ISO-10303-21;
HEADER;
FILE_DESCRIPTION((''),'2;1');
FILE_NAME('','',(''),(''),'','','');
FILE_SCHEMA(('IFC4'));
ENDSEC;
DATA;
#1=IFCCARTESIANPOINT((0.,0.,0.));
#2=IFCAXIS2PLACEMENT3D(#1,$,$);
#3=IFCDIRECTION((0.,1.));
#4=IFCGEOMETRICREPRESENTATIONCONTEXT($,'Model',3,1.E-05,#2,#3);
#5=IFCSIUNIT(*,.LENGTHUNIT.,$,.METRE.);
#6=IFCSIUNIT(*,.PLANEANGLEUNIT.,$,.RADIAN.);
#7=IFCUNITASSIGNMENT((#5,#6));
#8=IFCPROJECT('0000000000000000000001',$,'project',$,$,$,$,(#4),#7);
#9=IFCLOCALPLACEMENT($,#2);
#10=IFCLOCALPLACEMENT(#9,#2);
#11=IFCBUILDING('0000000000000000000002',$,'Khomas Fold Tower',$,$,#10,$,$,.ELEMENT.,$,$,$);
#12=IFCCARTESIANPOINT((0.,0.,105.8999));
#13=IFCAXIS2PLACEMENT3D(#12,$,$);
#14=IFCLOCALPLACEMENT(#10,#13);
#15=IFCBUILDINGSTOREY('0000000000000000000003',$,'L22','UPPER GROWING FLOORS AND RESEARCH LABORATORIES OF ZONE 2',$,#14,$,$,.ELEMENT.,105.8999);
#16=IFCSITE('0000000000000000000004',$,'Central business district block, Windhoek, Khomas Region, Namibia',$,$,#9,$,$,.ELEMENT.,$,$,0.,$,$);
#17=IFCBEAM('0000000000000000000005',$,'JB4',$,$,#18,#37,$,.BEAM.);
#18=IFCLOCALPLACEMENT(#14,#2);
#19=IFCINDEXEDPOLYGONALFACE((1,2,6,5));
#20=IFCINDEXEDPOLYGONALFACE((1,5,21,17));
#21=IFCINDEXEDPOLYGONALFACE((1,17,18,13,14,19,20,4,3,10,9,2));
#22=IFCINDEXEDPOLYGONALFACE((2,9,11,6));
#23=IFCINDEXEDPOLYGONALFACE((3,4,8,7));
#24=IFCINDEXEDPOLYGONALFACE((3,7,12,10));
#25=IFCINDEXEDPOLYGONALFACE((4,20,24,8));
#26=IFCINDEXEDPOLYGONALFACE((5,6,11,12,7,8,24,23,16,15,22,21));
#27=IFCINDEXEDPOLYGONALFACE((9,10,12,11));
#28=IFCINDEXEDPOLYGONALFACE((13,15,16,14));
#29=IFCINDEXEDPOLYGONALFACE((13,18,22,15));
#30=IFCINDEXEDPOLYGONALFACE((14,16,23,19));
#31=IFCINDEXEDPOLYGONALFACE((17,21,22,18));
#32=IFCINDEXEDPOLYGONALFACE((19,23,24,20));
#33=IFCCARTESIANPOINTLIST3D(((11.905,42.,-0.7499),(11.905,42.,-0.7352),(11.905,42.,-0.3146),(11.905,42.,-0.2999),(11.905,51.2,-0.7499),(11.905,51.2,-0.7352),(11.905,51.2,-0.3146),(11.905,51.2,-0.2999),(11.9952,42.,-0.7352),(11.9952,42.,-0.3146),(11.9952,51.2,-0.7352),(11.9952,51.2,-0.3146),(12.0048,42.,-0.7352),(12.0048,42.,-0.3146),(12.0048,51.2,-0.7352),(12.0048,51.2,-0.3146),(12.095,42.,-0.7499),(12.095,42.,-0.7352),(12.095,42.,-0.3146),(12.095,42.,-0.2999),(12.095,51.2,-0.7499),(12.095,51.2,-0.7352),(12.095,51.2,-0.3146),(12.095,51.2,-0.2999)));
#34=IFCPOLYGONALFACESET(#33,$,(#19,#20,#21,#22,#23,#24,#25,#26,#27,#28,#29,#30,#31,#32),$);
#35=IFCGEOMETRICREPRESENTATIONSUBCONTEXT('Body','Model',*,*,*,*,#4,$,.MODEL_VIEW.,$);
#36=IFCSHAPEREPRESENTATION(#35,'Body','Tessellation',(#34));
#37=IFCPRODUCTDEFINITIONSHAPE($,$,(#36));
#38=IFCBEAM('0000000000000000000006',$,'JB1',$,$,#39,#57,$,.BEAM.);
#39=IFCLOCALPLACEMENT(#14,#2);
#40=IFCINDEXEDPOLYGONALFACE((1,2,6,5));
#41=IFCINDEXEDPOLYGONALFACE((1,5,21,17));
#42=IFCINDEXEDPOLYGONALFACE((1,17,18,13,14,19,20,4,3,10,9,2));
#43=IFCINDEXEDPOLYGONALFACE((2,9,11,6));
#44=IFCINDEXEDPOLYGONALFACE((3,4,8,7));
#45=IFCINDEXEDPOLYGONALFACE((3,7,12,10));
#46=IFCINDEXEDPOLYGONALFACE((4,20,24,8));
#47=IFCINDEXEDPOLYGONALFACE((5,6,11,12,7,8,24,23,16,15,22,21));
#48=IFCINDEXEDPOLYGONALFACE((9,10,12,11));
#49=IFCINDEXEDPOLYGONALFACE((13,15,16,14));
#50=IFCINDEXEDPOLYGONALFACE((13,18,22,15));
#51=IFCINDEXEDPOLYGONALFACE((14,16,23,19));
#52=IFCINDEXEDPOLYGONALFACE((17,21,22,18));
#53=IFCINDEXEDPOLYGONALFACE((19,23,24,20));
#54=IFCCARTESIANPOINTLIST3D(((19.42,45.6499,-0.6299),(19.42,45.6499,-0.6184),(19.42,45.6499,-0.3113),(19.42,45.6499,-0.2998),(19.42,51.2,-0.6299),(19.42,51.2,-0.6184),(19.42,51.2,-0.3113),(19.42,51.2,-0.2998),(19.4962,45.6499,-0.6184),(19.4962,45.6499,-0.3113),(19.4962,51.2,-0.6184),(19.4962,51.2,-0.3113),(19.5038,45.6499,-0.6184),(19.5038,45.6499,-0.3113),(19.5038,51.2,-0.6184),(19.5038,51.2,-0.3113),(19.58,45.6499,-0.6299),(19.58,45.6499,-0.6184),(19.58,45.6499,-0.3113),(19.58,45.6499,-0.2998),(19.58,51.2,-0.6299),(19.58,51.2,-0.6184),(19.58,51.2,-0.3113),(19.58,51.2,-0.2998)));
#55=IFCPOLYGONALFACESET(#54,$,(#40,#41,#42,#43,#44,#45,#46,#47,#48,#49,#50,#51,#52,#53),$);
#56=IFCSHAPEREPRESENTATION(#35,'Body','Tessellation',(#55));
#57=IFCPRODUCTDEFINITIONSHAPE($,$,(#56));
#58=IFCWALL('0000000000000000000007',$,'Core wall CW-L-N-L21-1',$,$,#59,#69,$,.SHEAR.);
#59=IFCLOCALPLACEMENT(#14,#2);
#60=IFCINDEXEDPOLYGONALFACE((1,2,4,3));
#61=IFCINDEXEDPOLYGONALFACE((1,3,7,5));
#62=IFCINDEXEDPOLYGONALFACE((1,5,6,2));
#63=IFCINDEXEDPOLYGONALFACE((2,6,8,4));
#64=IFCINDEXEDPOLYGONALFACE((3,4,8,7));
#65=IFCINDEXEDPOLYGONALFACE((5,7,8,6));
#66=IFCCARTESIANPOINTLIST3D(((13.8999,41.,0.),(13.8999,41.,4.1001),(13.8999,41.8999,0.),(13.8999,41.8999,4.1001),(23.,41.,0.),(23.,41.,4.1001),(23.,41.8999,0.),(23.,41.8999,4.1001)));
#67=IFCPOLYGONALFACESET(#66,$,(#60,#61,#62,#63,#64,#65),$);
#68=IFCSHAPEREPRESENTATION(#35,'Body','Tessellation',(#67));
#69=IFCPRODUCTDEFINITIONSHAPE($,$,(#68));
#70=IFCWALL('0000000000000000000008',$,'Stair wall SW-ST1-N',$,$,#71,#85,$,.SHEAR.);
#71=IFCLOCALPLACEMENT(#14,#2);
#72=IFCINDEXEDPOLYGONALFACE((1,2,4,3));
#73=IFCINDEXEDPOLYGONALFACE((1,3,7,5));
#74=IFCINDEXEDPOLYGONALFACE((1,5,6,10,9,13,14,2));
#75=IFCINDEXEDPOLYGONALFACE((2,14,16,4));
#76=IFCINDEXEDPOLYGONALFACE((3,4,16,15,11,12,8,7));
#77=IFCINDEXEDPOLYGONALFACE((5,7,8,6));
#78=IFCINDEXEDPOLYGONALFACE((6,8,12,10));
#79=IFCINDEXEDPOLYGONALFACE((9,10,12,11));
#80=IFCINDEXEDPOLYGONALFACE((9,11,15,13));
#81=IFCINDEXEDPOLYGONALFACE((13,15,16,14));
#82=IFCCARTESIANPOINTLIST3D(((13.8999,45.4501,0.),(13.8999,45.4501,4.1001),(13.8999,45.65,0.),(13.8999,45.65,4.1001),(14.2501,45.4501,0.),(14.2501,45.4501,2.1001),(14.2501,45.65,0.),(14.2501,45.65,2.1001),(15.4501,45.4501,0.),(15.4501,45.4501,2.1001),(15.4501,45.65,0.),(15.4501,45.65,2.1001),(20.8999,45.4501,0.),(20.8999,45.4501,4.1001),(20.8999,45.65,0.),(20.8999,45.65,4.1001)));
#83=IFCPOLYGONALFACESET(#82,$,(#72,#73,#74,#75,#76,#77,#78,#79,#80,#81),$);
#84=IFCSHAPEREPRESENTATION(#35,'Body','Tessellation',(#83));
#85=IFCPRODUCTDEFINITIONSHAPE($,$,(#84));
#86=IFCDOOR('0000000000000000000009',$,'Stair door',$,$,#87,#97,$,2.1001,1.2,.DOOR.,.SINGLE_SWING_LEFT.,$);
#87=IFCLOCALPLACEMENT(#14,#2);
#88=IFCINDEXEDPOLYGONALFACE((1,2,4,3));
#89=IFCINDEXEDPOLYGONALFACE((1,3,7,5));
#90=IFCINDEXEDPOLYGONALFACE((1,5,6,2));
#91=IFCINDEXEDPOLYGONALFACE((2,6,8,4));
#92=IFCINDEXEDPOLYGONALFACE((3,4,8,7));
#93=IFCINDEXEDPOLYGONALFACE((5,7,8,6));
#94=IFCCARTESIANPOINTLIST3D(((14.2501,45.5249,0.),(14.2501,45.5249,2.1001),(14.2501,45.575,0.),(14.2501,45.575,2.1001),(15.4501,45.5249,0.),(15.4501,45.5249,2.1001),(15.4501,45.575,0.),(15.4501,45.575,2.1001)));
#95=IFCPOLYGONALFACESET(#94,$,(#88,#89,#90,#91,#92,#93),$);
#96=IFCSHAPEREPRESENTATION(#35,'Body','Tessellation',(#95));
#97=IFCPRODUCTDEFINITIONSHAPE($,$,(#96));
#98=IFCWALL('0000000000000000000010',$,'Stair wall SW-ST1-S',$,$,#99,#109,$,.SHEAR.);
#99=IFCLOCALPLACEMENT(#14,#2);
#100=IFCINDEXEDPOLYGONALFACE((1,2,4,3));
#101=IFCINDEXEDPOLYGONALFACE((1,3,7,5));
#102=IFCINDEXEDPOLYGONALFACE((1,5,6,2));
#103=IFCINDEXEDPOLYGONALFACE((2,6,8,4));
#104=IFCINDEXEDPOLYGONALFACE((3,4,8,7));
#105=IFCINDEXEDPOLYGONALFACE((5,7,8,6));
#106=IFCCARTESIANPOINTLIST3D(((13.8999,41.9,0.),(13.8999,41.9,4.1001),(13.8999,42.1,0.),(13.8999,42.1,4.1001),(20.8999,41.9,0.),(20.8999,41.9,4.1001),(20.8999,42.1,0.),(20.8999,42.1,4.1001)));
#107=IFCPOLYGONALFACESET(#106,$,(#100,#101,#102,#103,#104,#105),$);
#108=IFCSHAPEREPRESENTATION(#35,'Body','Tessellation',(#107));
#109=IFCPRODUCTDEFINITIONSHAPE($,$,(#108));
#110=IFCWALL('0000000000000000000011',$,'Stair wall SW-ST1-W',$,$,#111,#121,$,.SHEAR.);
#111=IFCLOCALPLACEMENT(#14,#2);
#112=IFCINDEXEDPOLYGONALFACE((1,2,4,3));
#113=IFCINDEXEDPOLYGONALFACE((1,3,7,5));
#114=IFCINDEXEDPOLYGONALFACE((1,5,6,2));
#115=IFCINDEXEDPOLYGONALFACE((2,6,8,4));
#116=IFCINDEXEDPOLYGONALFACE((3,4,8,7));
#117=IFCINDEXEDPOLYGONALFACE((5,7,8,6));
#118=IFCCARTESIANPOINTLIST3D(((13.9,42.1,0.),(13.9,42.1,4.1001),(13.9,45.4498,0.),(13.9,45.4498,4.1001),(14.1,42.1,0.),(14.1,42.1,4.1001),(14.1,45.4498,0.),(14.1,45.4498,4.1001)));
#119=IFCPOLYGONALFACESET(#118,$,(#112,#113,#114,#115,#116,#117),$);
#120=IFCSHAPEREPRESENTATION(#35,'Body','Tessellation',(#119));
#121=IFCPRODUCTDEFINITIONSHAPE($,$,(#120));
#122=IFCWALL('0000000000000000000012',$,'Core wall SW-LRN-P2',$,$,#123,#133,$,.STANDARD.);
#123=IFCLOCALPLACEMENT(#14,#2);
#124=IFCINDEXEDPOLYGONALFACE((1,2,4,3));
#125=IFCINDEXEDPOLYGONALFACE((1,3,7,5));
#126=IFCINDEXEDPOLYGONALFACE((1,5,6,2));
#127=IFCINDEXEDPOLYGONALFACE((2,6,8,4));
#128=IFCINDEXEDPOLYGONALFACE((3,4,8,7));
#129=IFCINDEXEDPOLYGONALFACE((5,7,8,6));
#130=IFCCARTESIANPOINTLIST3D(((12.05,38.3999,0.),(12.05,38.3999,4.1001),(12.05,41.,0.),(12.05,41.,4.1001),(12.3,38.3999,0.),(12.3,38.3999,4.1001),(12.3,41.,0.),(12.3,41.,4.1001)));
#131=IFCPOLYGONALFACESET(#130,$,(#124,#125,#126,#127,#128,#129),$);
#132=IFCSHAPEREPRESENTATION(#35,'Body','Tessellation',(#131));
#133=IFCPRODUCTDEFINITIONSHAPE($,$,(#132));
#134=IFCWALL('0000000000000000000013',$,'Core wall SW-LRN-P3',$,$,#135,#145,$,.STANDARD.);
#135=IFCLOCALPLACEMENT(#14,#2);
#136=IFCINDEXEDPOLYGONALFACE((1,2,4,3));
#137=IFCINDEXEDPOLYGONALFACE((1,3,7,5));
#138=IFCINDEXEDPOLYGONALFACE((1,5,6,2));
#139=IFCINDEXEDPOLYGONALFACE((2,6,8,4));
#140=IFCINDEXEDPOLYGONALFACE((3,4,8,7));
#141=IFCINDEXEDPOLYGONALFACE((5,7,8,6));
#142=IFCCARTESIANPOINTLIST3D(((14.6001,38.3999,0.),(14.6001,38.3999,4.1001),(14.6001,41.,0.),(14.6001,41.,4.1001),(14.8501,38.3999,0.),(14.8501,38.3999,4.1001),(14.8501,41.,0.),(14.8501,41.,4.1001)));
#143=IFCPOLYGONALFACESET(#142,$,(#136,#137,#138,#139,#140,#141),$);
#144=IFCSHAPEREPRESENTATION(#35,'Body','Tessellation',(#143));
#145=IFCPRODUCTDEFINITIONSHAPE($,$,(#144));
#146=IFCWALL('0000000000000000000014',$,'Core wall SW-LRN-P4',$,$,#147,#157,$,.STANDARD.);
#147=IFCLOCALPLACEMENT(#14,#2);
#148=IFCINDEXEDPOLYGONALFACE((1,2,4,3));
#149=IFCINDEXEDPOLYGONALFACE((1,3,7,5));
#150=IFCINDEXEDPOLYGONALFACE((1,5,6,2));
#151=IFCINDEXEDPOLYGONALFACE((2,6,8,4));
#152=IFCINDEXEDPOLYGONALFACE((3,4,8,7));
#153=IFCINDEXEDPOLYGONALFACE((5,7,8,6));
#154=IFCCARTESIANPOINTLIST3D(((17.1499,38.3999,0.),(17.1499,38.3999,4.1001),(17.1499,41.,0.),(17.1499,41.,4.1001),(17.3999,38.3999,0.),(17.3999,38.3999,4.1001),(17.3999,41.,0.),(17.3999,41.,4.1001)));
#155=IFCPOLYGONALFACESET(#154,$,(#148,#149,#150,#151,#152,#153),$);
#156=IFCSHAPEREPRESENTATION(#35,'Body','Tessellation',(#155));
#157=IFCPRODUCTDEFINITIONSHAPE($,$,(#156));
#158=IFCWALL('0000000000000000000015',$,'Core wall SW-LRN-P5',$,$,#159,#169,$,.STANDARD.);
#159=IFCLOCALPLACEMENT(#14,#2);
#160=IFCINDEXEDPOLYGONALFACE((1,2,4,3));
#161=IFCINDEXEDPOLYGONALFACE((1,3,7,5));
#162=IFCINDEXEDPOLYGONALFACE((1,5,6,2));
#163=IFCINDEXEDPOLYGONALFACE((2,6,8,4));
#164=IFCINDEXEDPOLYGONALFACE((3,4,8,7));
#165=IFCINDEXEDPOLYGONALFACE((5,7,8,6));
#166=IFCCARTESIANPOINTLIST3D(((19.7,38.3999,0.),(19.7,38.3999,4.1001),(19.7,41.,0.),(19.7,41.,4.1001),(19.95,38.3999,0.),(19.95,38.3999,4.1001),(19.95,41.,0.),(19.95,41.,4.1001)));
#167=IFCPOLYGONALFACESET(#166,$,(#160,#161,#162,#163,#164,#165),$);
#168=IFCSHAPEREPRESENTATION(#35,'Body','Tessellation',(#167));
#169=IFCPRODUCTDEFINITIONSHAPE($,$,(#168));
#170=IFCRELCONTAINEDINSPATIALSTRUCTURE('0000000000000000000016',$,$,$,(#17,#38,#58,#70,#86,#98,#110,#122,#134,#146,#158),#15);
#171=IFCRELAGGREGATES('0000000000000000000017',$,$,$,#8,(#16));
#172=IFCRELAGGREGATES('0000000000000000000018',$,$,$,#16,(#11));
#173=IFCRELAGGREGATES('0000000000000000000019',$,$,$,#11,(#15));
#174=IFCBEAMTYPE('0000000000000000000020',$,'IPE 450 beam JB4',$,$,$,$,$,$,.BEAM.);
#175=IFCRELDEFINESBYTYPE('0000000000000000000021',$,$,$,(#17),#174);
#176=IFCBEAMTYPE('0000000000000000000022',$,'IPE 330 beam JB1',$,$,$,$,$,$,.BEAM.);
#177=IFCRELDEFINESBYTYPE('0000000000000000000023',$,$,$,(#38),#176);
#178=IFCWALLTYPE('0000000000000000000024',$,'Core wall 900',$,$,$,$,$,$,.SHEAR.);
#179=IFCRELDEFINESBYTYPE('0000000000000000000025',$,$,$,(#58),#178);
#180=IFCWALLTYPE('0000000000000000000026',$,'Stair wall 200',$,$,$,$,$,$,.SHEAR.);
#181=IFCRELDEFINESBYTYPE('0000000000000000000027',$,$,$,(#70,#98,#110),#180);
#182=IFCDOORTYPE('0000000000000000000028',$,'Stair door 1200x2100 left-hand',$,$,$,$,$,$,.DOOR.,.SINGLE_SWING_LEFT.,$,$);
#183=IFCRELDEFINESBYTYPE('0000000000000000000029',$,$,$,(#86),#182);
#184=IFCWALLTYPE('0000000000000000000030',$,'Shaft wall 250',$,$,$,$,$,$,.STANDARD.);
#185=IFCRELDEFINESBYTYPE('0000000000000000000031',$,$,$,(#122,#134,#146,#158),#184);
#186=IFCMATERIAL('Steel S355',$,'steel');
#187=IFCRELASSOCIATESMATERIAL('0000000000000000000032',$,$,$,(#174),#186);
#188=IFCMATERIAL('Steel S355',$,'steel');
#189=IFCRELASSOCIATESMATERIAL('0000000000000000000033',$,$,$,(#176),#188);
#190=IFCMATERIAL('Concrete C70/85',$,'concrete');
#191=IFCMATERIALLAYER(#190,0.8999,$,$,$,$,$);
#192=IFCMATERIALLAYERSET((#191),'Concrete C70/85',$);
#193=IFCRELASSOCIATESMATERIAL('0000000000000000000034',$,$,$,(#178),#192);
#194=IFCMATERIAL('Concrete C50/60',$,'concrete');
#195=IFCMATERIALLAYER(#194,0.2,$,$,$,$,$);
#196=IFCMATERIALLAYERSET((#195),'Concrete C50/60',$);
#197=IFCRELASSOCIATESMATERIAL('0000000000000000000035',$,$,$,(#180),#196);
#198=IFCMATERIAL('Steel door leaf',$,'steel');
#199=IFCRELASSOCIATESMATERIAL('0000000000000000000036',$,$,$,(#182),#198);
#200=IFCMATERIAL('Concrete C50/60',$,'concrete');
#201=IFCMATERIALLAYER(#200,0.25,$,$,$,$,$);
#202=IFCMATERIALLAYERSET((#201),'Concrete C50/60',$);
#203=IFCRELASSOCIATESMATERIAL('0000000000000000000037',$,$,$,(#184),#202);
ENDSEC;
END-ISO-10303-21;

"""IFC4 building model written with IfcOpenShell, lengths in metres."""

from ifc_helpers import new_model, si_unit, direction, frame, frame_2d, origin, origin_2d, place, context, subcontext, project, spatial, rectangle, i_section, extrude, source, transform, mapped, material, layer, layer_set, material_profile, profile_set, type_object, element, fill, save


model = new_model("IFC4")

# Units and contexts
model_context = context("Model", 3, precision=1e-05, world=origin(), true_north=direction((0.0, 1.0)))
body_context = subcontext(model_context, "Body", "Model", "MODEL_VIEW")
ifc_project = project(units=[si_unit("LENGTHUNIT", "METRE"), si_unit("PLANEANGLEUNIT", "RADIAN")], contexts=[model_context])

# Site, building, storey
site_placement = place(None, origin())
site = spatial("IfcSite", under=ifc_project, at=site_placement, Name="Central business district block, Windhoek, Khomas Region, Namibia", CompositionType="ELEMENT", RefElevation=0.0)
building_placement = place(site_placement, origin())
building = spatial("IfcBuilding", under=site, at=building_placement, Name="Khomas Fold Tower", CompositionType="ELEMENT")
storey_placement = place(building_placement, frame((0.0, 0.0, 105.8999)))
storey = spatial("IfcBuildingStorey", under=building, at=storey_placement, Name="L22", Description="UPPER GROWING FLOORS AND RESEARCH LABORATORIES OF ZONE 2", CompositionType="ELEMENT", Elevation=105.8999)

# Beams
ifc_material_1 = material(Name="Steel S355", Category="steel")
ifc_material_profile_1 = material_profile(ifc_material_1, i_section(OverallWidth=0.1899, OverallDepth=0.45, WebThickness=0.0095, FlangeThickness=0.0146, at=origin_2d()), Name="IPE 450")
ifc_profile_set_1 = profile_set([ifc_material_profile_1], Name="Steel S355")
beam_type_1 = type_object("IfcBeamType", Name="IPE 450 beam JB4", PredefinedType="BEAM", material=ifc_profile_set_1)
shared_shape_1 = source(origin(), body_context, "Body", "SweptSolid", [
    extrude(i_section(OverallWidth=0.1899, OverallDepth=0.45, WebThickness=0.0095, FlangeThickness=0.0146, at=origin_2d()), origin(), (0.0, 0.0, 1.0), 9.2),
])
beam_1_placement = place(storey_placement, frame((12.0, 42.0, -0.5249), z_axis=(0.0, 1.0, 0.0), x_axis=(-1.0, 0.0, 0.0)))
element("IfcBeam", 1, at=beam_1_placement, inside=storey, type_object=beam_type_1, Name="JB4", PredefinedType="BEAM", context=body_context, shape_type="MappedRepresentation", body=[
    mapped(shared_shape_1, transform((0.0, 0.0, 0.0))),
])
ifc_material_2 = material(Name="Steel S355", Category="steel")
ifc_material_profile_2 = material_profile(ifc_material_2, i_section(OverallWidth=0.1599, OverallDepth=0.3301, WebThickness=0.0076, FlangeThickness=0.0115, at=origin_2d()), Name="IPE 330")
ifc_profile_set_2 = profile_set([ifc_material_profile_2], Name="Steel S355")
beam_type_2 = type_object("IfcBeamType", Name="IPE 330 beam JB1", PredefinedType="BEAM", material=ifc_profile_set_2)
shared_shape_2 = source(origin(), body_context, "Body", "SweptSolid", [
    extrude(i_section(OverallWidth=0.1599, OverallDepth=0.3301, WebThickness=0.0076, FlangeThickness=0.0115, at=origin_2d()), origin(), (0.0, 0.0, 1.0), 5.55),
])
beam_2_placement = place(storey_placement, frame((19.5, 45.6499, -0.4648), z_axis=(0.0, 1.0, 0.0), x_axis=(-1.0, 0.0, 0.0)))
element("IfcBeam", 2, at=beam_2_placement, inside=storey, type_object=beam_type_2, Name="JB1", PredefinedType="BEAM", context=body_context, shape_type="MappedRepresentation", body=[
    mapped(shared_shape_2, transform((0.0, 0.0, 0.0))),
])

# Wall
ifc_material_3 = material(Name="Concrete C70/85", Category="concrete")
ifc_layer_1 = layer(ifc_material_3, 0.8999)
ifc_layer_set_1 = layer_set([ifc_layer_1], Name="Concrete C70/85")
wall_type_1 = type_object("IfcWallType", Name="Core wall 900", PredefinedType="SHEAR", material=ifc_layer_set_1)
shared_shape_3 = source(origin(), body_context, "Body", "SweptSolid", [
    extrude(rectangle(XDim=9.1001, YDim=0.8999, at=frame_2d((4.55, 0.0))), origin(), (0.0, 0.0, 1.0), 4.1001),
])
wall_1_placement = place(storey_placement, frame((13.8999, 41.45, 0.0), z_axis=(0.0, 0.0, 1.0), x_axis=(1.0, 0.0, 0.0)))
element("IfcWall", 3, at=wall_1_placement, inside=storey, type_object=wall_type_1, Name="Core wall CW-L-N-L21-1", PredefinedType="SHEAR", context=body_context, shape_type="MappedRepresentation", body=[
    mapped(shared_shape_3, transform((0.0, 0.0, 0.0))),
])

# Wall, opening, door
ifc_material_4 = material(Name="Concrete C50/60", Category="concrete")
ifc_layer_2 = layer(ifc_material_4, 0.2)
ifc_layer_set_2 = layer_set([ifc_layer_2], Name="Concrete C50/60")
wall_type_2 = type_object("IfcWallType", Name="Stair wall 200", PredefinedType="SHEAR", material=ifc_layer_set_2)
shared_shape_4 = source(origin(), body_context, "Body", "SweptSolid", [
    extrude(rectangle(XDim=7.0, YDim=0.2, at=frame_2d((3.5, 0.0))), origin(), (0.0, 0.0, 1.0), 4.1001),
])
wall_2_placement = place(storey_placement, frame((13.8999, 45.55, 0.0), z_axis=(0.0, 0.0, 1.0), x_axis=(1.0, 0.0, 0.0)))
wall_2 = element("IfcWall", 4, at=wall_2_placement, inside=storey, type_object=wall_type_2, Name="Stair wall SW-ST1-N", PredefinedType="SHEAR", context=body_context, shape_type="MappedRepresentation", body=[
    mapped(shared_shape_4, transform((0.0, 0.0, 0.0))),
])
shared_shape_5 = source(origin(), body_context, "Body", "SweptSolid", [
    extrude(rectangle(XDim=1.2, YDim=2.1001, at=frame_2d((0.6001, 1.05))), frame((0.0, 0.1099, 0.0), z_axis=(0.0, -1.0, 0.0), x_axis=(1.0, 0.0, 0.0)), (0.0, 0.0, 1.0), 0.22),
])
opening_1_placement = place(wall_2_placement, frame((0.3501, 0.0, 0.0)))
opening_1 = element("IfcOpeningElement", 5, at=opening_1_placement, cuts=wall_2, PredefinedType="OPENING", context=body_context, shape_type="MappedRepresentation", body=[
    mapped(shared_shape_5, transform((0.0, 0.0, 0.0))),
])
ifc_material_5 = material(Name="Steel door leaf", Category="steel")
door_type_1 = type_object("IfcDoorType", Name="Stair door 1200x2100 left-hand", OperationType="SINGLE_SWING_LEFT", PredefinedType="DOOR", material=ifc_material_5)
shared_shape_6 = source(origin(), body_context, "Body", "SweptSolid", [
    extrude(rectangle(XDim=1.2, YDim=2.1001, at=frame_2d((0.6001, 1.05))), frame((0.0, 0.0249, 0.0), z_axis=(0.0, -1.0, 0.0), x_axis=(1.0, 0.0, 0.0)), (0.0, 0.0, 1.0), 0.05),
])
door_1_placement = place(opening_1_placement, origin())
door_1 = element("IfcDoor", 6, at=door_1_placement, inside=storey, type_object=door_type_1, Name="Stair door", OperationType="SINGLE_SWING_LEFT", OverallHeight=2.1001, OverallWidth=1.2, PredefinedType="DOOR", context=body_context, shape_type="MappedRepresentation", body=[
    mapped(shared_shape_6, transform((0.0, 0.0, 0.0))),
])
fill(opening_1, door_1)

# Walls
wall_3_placement = place(storey_placement, frame((13.8999, 42.0, 0.0), z_axis=(0.0, 0.0, 1.0), x_axis=(1.0, 0.0, 0.0)))
element("IfcWall", 7, at=wall_3_placement, inside=storey, type_object=wall_type_2, Name="Stair wall SW-ST1-S", PredefinedType="SHEAR", context=body_context, shape_type="MappedRepresentation", body=[
    mapped(shared_shape_4, transform((0.0, 0.0, 0.0))),
])
shared_shape_7 = source(origin(), body_context, "Body", "SweptSolid", [
    extrude(rectangle(XDim=3.3499, YDim=0.2, at=frame_2d((1.6748, 0.0))), origin(), (0.0, 0.0, 1.0), 4.1001),
])
wall_4_placement = place(storey_placement, frame((14.0, 42.1001, 0.0), z_axis=(0.0, 0.0, 1.0), x_axis=(0.0, 1.0, 0.0)))
element("IfcWall", 8, at=wall_4_placement, inside=storey, type_object=wall_type_2, Name="Stair wall SW-ST1-W", PredefinedType="SHEAR", context=body_context, shape_type="MappedRepresentation", body=[
    mapped(shared_shape_7, transform((0.0, 0.0, 0.0))),
])
ifc_material_6 = material(Name="Concrete C50/60", Category="concrete")
ifc_layer_3 = layer(ifc_material_6, 0.25)
ifc_layer_set_3 = layer_set([ifc_layer_3], Name="Concrete C50/60")
wall_type_3 = type_object("IfcWallType", Name="Shaft wall 250", PredefinedType="STANDARD", material=ifc_layer_set_3)
shared_shape_8 = source(origin(), body_context, "Body", "SweptSolid", [
    extrude(rectangle(XDim=2.6001, YDim=0.25, at=frame_2d((1.3, 0.0))), origin(), (0.0, 0.0, 1.0), 4.1001),
])
for number, where, z_axis, x_axis, name in (
    (9, (12.175, 38.3999, 0.0), (0.0, 0.0, 1.0), (0.0, 1.0, 0.0), "Core wall SW-LRN-P2"),
    (10, (14.7251, 38.3999, 0.0), (0.0, 0.0, 1.0), (0.0, 1.0, 0.0), "Core wall SW-LRN-P3"),
    (11, (17.2749, 38.3999, 0.0), (0.0, 0.0, 1.0), (0.0, 1.0, 0.0), "Core wall SW-LRN-P4"),
    (12, (19.825, 38.3999, 0.0), (0.0, 0.0, 1.0), (0.0, 1.0, 0.0), "Core wall SW-LRN-P5"),
):
    element("IfcWall", number, at=place(storey_placement, frame(where, z_axis=z_axis, x_axis=x_axis)), inside=storey, type_object=wall_type_3, Name=name, PredefinedType="STANDARD", context=body_context, shape_type="MappedRepresentation", body=[
        mapped(shared_shape_8, transform((0.0, 0.0, 0.0))),
    ])

save(model, "model.ifc")
